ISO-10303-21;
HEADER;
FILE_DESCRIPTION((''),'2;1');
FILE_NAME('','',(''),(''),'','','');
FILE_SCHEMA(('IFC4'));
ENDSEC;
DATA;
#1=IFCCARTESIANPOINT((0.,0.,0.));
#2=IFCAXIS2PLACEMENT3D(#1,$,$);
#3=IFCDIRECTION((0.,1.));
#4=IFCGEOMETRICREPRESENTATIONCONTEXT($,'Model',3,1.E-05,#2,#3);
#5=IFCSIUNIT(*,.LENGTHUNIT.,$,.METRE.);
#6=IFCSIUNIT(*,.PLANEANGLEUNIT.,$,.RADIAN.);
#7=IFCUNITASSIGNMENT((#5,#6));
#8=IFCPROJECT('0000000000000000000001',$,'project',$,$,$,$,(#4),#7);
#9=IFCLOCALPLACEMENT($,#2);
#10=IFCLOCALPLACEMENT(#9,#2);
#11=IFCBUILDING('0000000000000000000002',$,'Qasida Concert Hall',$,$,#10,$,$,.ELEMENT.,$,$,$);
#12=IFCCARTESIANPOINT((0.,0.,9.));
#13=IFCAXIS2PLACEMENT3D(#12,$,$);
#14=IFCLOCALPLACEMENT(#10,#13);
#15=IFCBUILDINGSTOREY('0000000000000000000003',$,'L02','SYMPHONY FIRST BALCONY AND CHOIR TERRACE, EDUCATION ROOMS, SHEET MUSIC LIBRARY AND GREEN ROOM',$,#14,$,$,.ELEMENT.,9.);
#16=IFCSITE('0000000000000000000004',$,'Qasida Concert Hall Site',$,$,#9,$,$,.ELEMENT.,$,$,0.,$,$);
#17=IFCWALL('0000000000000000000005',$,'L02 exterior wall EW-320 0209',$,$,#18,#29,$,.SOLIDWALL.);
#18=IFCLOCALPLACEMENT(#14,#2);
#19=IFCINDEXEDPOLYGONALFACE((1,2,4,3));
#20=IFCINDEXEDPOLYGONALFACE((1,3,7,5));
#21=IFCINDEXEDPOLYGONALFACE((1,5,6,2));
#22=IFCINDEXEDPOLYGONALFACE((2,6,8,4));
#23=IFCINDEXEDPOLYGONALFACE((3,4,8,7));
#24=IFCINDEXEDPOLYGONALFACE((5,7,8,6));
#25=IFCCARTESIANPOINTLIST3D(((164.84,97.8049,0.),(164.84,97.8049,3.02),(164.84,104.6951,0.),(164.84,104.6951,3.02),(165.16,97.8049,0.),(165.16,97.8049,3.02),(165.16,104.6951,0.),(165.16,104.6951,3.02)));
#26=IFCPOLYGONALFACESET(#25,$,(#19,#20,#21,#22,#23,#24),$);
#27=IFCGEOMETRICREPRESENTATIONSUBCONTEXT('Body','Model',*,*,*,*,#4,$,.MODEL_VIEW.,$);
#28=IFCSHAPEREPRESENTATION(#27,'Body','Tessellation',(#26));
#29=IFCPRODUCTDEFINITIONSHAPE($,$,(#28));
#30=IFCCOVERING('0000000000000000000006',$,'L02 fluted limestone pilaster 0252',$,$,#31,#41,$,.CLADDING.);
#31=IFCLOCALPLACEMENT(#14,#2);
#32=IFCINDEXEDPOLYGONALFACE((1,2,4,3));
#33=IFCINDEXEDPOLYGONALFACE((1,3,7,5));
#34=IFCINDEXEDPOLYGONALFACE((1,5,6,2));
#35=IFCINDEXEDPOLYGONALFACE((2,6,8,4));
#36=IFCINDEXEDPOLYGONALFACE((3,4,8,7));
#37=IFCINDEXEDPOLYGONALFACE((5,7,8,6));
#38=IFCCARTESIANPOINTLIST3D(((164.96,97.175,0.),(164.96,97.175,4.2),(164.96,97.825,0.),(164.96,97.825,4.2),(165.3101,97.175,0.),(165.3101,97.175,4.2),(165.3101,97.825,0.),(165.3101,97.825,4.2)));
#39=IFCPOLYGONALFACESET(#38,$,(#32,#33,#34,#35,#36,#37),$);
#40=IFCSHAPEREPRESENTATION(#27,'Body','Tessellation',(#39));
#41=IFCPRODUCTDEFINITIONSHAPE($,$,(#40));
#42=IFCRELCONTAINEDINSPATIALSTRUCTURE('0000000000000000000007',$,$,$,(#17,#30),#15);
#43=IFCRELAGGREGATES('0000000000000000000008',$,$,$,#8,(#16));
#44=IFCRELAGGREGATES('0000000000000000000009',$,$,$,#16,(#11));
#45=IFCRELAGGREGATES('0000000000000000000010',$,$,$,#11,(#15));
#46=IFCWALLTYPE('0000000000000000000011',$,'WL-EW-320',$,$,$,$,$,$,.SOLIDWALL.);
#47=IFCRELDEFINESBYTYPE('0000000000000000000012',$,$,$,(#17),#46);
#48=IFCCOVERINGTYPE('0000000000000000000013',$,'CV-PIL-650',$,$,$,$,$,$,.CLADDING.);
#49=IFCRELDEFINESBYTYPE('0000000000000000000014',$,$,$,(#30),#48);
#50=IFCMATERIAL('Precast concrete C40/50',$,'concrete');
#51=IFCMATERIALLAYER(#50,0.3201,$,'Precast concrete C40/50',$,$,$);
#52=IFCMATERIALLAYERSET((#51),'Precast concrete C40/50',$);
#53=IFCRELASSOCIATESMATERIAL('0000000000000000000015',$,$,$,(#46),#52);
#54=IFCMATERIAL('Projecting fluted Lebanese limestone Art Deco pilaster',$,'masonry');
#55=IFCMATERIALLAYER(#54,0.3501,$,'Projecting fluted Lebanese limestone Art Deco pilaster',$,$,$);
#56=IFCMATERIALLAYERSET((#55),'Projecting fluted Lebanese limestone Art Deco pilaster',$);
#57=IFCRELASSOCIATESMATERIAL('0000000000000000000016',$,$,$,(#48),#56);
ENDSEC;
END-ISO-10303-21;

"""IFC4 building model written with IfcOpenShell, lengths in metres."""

from ifc_helpers import new_model, si_unit, direction, frame, frame_2d, origin, origin_2d, place, context, subcontext, project, spatial, rectangle, extrude, material, layer, layer_set, type_object, element, save


model = new_model("IFC4")

# Units and contexts
model_context = context("Model", 3, precision=1e-05, world=origin(), true_north=direction((0.0, 1.0)))
body_context = subcontext(model_context, "Body", "Model", "MODEL_VIEW")
ifc_project = project(units=[si_unit("LENGTHUNIT", "METRE"), si_unit("PLANEANGLEUNIT", "RADIAN")], contexts=[model_context])

# Site, building, storey
site_placement = place(None, origin())
site = spatial("IfcSite", under=ifc_project, at=site_placement, Name="Qasida Concert Hall Site", CompositionType="ELEMENT", RefElevation=0.0)
building_placement = place(site_placement, origin())
building = spatial("IfcBuilding", under=site, at=building_placement, Name="Qasida Concert Hall", CompositionType="ELEMENT")
storey_placement = place(building_placement, frame((0.0, 0.0, 9.0)))
storey = spatial("IfcBuildingStorey", under=building, at=storey_placement, Name="L02", Description="SYMPHONY FIRST BALCONY AND CHOIR TERRACE, EDUCATION ROOMS, SHEET MUSIC LIBRARY AND GREEN ROOM", CompositionType="ELEMENT", Elevation=9.0)

# Wall
ifc_material_1 = material(Name="Precast concrete C40/50", Category="concrete")
ifc_layer_1 = layer(ifc_material_1, 0.3201, Name="Precast concrete C40/50")
ifc_layer_set_1 = layer_set([ifc_layer_1], Name="Precast concrete C40/50")
wall_type = type_object("IfcWallType", Name="WL-EW-320", PredefinedType="SOLIDWALL", material=ifc_layer_set_1)
wall_placement = place(storey_placement, frame((165.0, 97.8049, 0.0), z_axis=(0.0, 0.0, 1.0), x_axis=(0.0, 1.0, 0.0)))
element("IfcWall", 1, at=wall_placement, inside=storey, type_object=wall_type, Name="L02 exterior wall EW-320 0209", PredefinedType="SOLIDWALL", context=body_context, shape_type="SweptSolid", body=[
    extrude(rectangle(XDim=6.8901, YDim=0.3201, at=frame_2d((3.4451, 0.0))), origin(), (0.0, 0.0, 1.0), 3.02),
])

# Covering
ifc_material_2 = material(Name="Projecting fluted Lebanese limestone Art Deco pilaster", Category="masonry")
ifc_layer_2 = layer(ifc_material_2, 0.3501, Name="Projecting fluted Lebanese limestone Art Deco pilaster")
ifc_layer_set_2 = layer_set([ifc_layer_2], Name="Projecting fluted Lebanese limestone Art Deco pilaster")
covering_type = type_object("IfcCoveringType", Name="CV-PIL-650", PredefinedType="CLADDING", material=ifc_layer_set_2)
covering_placement = place(storey_placement, frame((165.135, 97.5, 0.0), z_axis=(0.0, 0.0, 1.0), x_axis=(1.0, 0.0, 0.0)))
element("IfcCovering", 2, at=covering_placement, inside=storey, type_object=covering_type, Name="L02 fluted limestone pilaster 0252", PredefinedType="CLADDING", context=body_context, shape_type="SweptSolid", body=[
    extrude(rectangle(XDim=0.3501, YDim=0.6499, at=origin_2d()), origin(), (0.0, 0.0, 1.0), 4.2),
])

save(model, "model.ifc")
